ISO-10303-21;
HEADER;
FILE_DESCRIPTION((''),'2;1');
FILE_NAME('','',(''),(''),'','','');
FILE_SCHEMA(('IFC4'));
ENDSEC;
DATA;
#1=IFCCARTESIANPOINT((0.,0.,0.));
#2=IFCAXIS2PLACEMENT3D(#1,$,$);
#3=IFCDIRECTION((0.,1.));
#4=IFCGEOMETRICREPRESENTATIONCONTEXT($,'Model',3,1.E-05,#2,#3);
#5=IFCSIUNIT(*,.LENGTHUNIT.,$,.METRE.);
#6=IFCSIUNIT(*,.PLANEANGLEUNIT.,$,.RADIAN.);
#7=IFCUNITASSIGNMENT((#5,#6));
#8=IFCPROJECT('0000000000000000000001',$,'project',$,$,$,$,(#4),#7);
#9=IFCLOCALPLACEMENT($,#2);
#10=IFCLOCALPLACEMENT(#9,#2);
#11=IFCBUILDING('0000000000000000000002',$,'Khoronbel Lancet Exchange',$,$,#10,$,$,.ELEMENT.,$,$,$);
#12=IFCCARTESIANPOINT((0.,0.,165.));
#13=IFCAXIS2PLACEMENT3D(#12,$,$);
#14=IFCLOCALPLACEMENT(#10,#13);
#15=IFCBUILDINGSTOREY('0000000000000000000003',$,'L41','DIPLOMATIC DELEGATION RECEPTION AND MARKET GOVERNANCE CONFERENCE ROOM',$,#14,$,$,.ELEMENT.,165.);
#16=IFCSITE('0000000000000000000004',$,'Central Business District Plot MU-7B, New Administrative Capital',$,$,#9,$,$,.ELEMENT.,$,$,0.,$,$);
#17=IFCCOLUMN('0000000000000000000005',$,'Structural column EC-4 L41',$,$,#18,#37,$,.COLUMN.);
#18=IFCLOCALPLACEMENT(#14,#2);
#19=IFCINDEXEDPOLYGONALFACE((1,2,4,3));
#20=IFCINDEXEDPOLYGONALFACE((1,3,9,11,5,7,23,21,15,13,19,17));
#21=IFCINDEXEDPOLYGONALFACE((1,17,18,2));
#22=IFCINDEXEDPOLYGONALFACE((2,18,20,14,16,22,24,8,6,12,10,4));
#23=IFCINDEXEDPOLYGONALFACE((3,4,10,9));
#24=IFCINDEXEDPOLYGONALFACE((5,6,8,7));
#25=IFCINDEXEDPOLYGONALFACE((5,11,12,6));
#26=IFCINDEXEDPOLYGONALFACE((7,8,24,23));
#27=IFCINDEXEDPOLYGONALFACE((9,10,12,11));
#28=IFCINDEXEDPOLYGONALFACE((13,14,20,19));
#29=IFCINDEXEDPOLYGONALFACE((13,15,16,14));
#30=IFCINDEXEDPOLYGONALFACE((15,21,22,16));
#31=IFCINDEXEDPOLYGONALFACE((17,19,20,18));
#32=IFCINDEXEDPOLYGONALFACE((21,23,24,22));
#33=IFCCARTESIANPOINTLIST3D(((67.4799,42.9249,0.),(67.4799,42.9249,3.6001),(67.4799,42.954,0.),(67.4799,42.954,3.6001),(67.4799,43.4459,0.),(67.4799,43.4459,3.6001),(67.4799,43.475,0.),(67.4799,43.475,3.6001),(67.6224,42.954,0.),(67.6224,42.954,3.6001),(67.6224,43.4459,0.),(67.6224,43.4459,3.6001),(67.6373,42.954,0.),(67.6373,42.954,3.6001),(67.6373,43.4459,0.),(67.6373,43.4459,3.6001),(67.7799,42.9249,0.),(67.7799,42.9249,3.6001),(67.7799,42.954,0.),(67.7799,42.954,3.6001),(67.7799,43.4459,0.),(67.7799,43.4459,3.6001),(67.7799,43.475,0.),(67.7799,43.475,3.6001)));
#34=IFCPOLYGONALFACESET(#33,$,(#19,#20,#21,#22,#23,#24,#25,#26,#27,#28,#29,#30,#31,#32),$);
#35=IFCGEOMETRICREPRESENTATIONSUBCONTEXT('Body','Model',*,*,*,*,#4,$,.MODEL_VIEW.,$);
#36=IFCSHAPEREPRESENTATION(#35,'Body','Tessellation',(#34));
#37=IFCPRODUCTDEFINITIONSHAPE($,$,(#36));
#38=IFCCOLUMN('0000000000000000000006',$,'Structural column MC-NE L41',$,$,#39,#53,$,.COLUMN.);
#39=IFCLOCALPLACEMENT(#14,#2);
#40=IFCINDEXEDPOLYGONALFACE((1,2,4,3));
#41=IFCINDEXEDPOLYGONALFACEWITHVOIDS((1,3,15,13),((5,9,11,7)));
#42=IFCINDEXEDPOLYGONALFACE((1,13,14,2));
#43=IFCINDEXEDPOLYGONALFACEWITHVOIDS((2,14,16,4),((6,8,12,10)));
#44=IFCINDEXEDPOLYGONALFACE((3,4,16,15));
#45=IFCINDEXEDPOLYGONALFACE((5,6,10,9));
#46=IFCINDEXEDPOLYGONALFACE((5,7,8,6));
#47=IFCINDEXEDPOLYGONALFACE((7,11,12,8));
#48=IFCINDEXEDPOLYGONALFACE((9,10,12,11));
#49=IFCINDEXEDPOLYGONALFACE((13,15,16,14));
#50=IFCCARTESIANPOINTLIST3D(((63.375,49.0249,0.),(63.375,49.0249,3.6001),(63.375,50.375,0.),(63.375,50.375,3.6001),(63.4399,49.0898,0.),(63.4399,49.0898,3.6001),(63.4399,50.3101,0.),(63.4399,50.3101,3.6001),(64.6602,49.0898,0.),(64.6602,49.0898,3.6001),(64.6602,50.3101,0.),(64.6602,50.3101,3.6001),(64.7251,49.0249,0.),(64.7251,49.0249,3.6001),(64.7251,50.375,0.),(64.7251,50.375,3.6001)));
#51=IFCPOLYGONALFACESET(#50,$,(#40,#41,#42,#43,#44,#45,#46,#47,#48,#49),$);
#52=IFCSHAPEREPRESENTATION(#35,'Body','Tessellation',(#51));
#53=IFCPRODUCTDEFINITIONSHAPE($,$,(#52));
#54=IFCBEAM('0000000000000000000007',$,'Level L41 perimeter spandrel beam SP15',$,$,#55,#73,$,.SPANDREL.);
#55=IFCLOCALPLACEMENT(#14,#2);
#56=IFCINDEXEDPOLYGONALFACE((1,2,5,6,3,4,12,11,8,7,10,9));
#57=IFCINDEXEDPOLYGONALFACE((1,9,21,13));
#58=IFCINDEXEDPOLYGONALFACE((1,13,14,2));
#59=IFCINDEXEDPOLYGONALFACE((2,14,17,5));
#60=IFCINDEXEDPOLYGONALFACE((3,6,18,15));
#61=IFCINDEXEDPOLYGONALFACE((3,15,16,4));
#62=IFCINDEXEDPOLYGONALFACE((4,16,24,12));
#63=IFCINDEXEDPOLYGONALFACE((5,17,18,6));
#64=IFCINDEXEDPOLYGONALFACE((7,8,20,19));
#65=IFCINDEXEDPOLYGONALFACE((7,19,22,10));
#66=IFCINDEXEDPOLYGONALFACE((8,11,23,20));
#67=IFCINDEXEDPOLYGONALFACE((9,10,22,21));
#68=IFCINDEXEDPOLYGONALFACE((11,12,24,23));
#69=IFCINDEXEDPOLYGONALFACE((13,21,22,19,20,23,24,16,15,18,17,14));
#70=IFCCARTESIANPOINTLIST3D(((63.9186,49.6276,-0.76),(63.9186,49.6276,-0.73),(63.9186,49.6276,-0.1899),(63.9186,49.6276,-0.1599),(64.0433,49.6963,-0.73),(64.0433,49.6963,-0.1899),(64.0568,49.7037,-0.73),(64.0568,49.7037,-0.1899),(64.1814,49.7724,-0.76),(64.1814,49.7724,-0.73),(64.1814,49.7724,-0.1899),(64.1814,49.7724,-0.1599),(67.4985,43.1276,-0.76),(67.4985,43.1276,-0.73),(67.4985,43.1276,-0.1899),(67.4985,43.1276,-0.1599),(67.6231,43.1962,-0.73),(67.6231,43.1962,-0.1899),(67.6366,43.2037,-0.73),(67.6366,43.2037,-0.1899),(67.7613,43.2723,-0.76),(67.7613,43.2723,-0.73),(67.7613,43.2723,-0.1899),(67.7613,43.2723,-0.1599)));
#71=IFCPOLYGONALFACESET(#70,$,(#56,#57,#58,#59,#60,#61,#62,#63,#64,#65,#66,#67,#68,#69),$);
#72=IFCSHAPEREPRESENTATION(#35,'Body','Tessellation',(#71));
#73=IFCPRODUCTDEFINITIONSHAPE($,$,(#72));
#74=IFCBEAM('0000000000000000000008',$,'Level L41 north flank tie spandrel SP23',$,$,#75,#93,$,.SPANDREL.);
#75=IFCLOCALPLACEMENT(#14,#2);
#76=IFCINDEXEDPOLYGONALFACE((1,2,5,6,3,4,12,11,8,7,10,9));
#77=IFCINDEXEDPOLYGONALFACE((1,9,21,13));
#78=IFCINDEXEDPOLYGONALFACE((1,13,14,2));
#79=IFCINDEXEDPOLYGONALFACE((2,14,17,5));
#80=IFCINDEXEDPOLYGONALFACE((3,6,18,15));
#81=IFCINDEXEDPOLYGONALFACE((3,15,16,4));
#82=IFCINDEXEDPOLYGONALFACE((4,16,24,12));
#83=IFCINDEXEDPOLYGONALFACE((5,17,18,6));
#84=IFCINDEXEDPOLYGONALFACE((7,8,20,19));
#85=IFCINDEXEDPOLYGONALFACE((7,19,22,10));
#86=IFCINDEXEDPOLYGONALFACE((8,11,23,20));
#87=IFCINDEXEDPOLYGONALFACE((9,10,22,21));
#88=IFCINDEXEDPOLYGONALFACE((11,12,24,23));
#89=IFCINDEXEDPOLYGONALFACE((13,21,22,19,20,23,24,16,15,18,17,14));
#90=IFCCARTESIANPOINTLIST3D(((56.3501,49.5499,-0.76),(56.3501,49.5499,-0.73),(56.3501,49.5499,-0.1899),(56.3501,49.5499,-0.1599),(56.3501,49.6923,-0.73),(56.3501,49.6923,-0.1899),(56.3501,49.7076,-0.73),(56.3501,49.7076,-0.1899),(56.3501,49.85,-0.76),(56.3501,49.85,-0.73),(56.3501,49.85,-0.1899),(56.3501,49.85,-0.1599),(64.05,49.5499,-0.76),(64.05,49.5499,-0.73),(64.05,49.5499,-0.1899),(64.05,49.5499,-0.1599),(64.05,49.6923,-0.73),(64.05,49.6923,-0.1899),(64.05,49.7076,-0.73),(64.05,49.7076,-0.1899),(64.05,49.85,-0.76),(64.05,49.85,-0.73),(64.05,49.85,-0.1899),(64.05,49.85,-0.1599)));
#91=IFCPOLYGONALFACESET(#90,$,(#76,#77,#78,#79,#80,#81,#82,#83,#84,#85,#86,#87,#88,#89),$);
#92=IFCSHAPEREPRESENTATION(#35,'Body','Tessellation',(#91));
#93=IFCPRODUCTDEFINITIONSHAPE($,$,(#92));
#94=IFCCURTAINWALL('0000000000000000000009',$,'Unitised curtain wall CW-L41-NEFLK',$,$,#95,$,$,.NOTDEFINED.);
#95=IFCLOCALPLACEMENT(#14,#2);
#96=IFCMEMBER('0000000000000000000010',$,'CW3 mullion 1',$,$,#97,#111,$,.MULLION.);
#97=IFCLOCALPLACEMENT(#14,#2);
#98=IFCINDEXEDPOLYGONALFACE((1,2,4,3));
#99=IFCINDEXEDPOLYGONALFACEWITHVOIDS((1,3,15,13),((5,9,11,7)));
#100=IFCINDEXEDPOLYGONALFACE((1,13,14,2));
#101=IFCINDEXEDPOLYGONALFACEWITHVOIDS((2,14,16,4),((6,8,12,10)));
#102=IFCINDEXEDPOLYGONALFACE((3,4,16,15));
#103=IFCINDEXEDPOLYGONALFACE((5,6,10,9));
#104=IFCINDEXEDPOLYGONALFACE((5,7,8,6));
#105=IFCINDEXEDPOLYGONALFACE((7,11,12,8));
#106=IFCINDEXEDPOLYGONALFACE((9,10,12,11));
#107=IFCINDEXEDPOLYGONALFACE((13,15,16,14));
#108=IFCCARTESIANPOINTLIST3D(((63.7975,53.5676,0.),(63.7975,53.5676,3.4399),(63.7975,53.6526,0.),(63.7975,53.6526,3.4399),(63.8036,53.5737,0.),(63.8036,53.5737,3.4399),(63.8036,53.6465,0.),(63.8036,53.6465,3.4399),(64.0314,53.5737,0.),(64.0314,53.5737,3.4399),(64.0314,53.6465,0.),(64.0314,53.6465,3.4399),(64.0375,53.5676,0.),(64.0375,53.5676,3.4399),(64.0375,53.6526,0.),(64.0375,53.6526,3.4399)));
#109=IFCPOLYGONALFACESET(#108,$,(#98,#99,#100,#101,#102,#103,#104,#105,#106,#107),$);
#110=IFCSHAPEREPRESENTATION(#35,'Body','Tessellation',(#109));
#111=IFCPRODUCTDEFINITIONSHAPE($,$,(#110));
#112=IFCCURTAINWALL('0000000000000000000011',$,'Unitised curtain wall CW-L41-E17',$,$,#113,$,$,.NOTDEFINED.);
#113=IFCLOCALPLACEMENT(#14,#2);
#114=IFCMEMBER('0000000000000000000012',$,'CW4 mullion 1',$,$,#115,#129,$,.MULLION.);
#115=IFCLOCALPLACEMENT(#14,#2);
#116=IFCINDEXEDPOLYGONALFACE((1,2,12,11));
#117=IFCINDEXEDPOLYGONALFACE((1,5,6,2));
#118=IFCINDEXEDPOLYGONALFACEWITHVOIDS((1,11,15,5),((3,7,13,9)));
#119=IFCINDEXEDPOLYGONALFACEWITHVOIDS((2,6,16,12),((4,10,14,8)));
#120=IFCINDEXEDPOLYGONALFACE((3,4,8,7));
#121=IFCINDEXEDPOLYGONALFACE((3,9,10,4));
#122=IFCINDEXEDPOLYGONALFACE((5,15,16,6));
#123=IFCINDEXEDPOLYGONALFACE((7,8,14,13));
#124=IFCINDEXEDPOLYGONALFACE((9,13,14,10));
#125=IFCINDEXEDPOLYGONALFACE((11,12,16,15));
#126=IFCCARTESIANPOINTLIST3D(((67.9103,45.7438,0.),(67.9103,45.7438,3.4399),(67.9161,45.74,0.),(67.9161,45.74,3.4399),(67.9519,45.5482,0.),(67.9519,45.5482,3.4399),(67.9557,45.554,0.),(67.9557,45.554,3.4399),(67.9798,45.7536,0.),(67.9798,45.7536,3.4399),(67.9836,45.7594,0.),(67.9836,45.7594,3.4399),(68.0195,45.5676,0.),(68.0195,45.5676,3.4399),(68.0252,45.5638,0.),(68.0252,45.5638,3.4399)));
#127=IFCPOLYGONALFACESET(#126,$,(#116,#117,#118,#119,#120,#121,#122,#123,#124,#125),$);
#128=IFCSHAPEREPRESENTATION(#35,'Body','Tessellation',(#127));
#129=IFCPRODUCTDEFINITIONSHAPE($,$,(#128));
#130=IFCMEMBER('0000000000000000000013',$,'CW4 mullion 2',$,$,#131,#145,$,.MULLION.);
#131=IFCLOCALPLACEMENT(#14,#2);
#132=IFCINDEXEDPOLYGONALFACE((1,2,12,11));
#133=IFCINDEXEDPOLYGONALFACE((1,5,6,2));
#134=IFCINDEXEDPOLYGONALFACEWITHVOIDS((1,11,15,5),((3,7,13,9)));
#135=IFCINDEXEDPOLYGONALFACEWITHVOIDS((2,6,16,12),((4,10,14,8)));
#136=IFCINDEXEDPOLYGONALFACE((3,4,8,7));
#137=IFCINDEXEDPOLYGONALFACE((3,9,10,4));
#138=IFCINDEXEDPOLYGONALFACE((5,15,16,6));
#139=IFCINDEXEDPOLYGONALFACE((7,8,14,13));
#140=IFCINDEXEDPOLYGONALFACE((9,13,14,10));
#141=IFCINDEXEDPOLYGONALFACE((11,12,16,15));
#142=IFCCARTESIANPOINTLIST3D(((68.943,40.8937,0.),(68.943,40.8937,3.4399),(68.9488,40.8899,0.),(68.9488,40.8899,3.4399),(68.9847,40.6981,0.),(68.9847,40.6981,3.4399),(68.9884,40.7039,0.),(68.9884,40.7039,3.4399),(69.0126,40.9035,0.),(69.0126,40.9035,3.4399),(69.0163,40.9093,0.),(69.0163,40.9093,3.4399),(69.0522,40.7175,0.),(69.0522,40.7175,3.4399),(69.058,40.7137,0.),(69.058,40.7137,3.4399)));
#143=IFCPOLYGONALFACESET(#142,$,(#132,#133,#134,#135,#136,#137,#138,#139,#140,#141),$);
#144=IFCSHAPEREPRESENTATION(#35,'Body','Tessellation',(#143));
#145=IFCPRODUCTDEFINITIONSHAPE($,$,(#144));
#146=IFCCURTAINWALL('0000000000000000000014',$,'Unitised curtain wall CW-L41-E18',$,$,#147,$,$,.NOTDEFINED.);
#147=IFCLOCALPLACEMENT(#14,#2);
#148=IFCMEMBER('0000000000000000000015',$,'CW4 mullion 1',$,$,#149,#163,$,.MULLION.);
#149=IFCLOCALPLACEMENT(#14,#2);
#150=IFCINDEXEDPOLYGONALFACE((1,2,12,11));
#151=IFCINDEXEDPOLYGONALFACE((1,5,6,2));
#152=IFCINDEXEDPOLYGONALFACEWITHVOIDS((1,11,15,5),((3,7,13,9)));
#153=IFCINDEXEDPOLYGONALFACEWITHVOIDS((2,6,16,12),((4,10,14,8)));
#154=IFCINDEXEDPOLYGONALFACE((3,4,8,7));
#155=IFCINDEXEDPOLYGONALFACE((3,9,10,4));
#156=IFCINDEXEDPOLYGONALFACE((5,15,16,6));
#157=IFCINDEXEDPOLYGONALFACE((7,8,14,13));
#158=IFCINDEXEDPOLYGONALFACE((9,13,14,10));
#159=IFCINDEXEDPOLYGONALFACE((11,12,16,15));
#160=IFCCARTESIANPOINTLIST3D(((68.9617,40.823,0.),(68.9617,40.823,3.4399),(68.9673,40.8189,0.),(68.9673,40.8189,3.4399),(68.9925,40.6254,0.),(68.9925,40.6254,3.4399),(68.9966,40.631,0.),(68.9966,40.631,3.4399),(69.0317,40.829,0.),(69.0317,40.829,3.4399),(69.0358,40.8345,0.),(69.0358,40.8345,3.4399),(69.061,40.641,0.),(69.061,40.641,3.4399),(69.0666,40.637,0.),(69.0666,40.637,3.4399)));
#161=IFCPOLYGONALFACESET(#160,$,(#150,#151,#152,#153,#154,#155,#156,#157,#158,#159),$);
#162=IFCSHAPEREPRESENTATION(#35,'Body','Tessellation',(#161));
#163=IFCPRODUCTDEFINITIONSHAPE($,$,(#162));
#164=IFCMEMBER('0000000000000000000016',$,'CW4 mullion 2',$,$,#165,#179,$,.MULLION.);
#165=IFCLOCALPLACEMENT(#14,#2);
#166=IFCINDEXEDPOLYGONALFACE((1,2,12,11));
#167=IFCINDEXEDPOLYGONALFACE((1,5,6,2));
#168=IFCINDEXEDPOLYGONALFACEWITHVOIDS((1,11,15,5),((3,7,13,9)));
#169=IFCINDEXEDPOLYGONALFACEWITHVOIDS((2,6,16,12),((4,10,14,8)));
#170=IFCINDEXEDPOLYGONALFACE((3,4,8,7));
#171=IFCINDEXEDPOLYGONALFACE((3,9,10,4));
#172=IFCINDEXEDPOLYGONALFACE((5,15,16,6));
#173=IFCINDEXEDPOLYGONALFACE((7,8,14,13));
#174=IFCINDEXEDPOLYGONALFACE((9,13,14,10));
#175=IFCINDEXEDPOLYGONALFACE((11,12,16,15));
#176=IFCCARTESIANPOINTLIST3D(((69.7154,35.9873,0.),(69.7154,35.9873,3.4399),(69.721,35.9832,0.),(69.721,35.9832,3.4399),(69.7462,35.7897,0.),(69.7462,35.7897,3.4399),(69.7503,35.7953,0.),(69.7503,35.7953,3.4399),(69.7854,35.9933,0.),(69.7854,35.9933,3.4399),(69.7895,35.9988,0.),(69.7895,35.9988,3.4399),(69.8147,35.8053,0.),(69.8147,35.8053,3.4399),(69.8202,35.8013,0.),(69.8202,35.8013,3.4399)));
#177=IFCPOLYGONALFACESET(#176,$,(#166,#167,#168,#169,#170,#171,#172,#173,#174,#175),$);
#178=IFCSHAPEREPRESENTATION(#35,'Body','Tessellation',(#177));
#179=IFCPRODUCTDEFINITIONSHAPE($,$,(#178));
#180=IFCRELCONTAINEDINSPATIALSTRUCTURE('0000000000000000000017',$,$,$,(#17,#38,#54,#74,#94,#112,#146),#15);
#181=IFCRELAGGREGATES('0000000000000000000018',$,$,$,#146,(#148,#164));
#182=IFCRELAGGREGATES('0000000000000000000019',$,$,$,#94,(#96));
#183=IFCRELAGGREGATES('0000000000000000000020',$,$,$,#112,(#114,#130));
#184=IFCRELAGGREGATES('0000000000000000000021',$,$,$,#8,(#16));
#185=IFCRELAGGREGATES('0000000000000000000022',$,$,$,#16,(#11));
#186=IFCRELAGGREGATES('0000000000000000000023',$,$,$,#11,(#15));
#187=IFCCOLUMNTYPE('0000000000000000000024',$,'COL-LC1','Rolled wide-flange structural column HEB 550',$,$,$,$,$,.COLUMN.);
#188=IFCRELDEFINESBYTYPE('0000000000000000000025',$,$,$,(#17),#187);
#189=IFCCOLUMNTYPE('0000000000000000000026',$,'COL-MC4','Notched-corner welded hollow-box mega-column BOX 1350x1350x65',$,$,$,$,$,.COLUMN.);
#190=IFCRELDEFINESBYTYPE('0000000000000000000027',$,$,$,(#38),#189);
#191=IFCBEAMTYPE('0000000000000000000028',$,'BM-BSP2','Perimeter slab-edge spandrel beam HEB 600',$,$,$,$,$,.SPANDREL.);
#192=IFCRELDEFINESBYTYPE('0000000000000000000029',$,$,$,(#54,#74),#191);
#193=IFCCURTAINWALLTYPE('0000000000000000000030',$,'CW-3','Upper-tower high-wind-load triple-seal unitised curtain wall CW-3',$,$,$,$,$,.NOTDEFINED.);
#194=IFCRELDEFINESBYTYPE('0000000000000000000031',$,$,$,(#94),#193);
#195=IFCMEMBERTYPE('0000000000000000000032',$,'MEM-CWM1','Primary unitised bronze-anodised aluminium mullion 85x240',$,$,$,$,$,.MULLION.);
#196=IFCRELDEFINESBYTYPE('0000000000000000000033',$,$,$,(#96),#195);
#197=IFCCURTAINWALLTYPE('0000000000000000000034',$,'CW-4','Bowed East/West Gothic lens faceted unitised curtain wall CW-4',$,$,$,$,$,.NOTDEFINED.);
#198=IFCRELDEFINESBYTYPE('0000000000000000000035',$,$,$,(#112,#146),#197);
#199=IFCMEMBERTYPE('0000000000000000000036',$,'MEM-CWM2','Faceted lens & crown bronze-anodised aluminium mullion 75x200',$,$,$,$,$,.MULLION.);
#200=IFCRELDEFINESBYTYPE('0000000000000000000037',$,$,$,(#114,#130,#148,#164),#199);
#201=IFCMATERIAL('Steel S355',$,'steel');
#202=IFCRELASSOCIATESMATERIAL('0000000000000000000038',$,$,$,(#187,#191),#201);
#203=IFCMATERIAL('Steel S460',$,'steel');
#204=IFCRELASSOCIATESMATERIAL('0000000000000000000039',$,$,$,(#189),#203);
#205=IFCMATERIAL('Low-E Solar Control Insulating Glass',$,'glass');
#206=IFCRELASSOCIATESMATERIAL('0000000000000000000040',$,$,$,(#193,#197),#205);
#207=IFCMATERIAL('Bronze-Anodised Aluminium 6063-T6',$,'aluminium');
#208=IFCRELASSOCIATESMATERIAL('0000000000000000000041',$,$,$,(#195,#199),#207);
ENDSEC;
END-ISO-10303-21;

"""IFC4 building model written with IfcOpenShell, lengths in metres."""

from ifc_helpers import new_model, si_unit, direction, frame, origin, origin_2d, place, context, subcontext, project, spatial, hollow_rectangle, i_section, extrude, material, material_profile, profile_set, type_object, element, aggregate, save


model = new_model("IFC4")

# Units and contexts
model_context = context("Model", 3, precision=1e-05, world=origin(), true_north=direction((0.0, 1.0)))
body_context = subcontext(model_context, "Body", "Model", "MODEL_VIEW")
ifc_project = project(units=[si_unit("LENGTHUNIT", "METRE"), si_unit("PLANEANGLEUNIT", "RADIAN")], contexts=[model_context])

# Site, building, storey
site_placement = place(None, origin())
site = spatial("IfcSite", under=ifc_project, at=site_placement, Name="Central Business District Plot MU-7B, New Administrative Capital", CompositionType="ELEMENT", RefElevation=0.0)
building_placement = place(site_placement, origin())
building = spatial("IfcBuilding", under=site, at=building_placement, Name="Khoronbel Lancet Exchange", CompositionType="ELEMENT")
storey_placement = place(building_placement, frame((0.0, 0.0, 165.0)))
storey = spatial("IfcBuildingStorey", under=building, at=storey_placement, Name="L41", Description="DIPLOMATIC DELEGATION RECEPTION AND MARKET GOVERNANCE CONFERENCE ROOM", CompositionType="ELEMENT", Elevation=165.0)

# Columns
ifc_material_1 = material(Name="Steel S355", Category="steel")
ifc_material_profile_1 = material_profile(ifc_material_1, i_section(OverallWidth=0.3, OverallDepth=0.55, WebThickness=0.0149, FlangeThickness=0.0291, at=origin_2d()), Name="HEB 550")
ifc_profile_set_1 = profile_set([ifc_material_profile_1], Name="Steel S355")
column_type_1 = type_object("IfcColumnType", Name="COL-LC1", Description="Rolled wide-flange structural column HEB 550", PredefinedType="COLUMN", material=ifc_profile_set_1)
column_1_placement = place(storey_placement, frame((67.6299, 43.2, 0.0), z_axis=(0.0, 0.0, 1.0), x_axis=(1.0, 0.0, 0.0)))
element("IfcColumn", 1, at=column_1_placement, inside=storey, type_object=column_type_1, Name="Structural column EC-4 L41", PredefinedType="COLUMN", context=body_context, shape_type="SweptSolid", body=[
    extrude(i_section(OverallWidth=0.3, OverallDepth=0.55, WebThickness=0.0149, FlangeThickness=0.0291, at=origin_2d()), origin(), (0.0, 0.0, 1.0), 3.6001),
])
ifc_material_2 = material(Name="Steel S460", Category="steel")
ifc_material_profile_2 = material_profile(ifc_material_2, hollow_rectangle(XDim=1.3501, YDim=1.3501, WallThickness=0.0649, at=origin_2d()), Name="BOX 1350x1350x65")
ifc_profile_set_2 = profile_set([ifc_material_profile_2], Name="Steel S460")
column_type_2 = type_object("IfcColumnType", Name="COL-MC4", Description="Notched-corner welded hollow-box mega-column BOX 1350x1350x65", PredefinedType="COLUMN", material=ifc_profile_set_2)
column_2_placement = place(storey_placement, frame((64.05, 49.7, 0.0), z_axis=(0.0, 0.0, 1.0), x_axis=(1.0, 0.0, 0.0)))
element("IfcColumn", 2, at=column_2_placement, inside=storey, type_object=column_type_2, Name="Structural column MC-NE L41", PredefinedType="COLUMN", context=body_context, shape_type="SweptSolid", body=[
    extrude(hollow_rectangle(XDim=1.3501, YDim=1.3501, WallThickness=0.0649, at=origin_2d()), origin(), (0.0, 0.0, 1.0), 3.6001),
])

# Beams
ifc_material_profile_3 = material_profile(ifc_material_1, i_section(OverallWidth=0.3, OverallDepth=0.6001, WebThickness=0.0154, FlangeThickness=0.03, at=origin_2d()), Name="HEB 600")
ifc_profile_set_3 = profile_set([ifc_material_profile_3], Name="Steel S355")
beam_type = type_object("IfcBeamType", Name="BM-BSP2", Description="Perimeter slab-edge spandrel beam HEB 600", PredefinedType="SPANDREL", material=ifc_profile_set_3)
beam_1_placement = place(storey_placement, frame((67.6299, 43.2, -0.46), z_axis=(-0.482419, 0.875941, 0.0), x_axis=(-0.875941, -0.482419, 0.0)))
element("IfcBeam", 3, at=beam_1_placement, inside=storey, type_object=beam_type, Name="Level L41 perimeter spandrel beam SP15", PredefinedType="SPANDREL", context=body_context, shape_type="SweptSolid", body=[
    extrude(i_section(OverallWidth=0.3, OverallDepth=0.6001, WebThickness=0.0154, FlangeThickness=0.03, at=origin_2d()), origin(), (0.0, 0.0, 1.0), 7.4207),
])
beam_2_placement = place(storey_placement, frame((64.05, 49.7, -0.46), z_axis=(-1.0, 0.0, 0.0), x_axis=(0.0, -1.0, 0.0)))
element("IfcBeam", 4, at=beam_2_placement, inside=storey, type_object=beam_type, Name="Level L41 north flank tie spandrel SP23", PredefinedType="SPANDREL", context=body_context, shape_type="SweptSolid", body=[
    extrude(i_section(OverallWidth=0.3, OverallDepth=0.6001, WebThickness=0.0154, FlangeThickness=0.03, at=origin_2d()), origin(), (0.0, 0.0, 1.0), 7.7),
])

# Curtain wall, member
ifc_material_3 = material(Name="Low-E Solar Control Insulating Glass", Category="glass")
curtain_wall_type_1 = type_object("IfcCurtainWallType", Name="CW-3", Description="Upper-tower high-wind-load triple-seal unitised curtain wall CW-3", PredefinedType="NOTDEFINED", material=ifc_material_3)
curtain_wall_1_placement = place(storey_placement, origin())
curtain_wall_1 = element("IfcCurtainWall", 5, at=curtain_wall_1_placement, inside=storey, type_object=curtain_wall_type_1, Name="Unitised curtain wall CW-L41-NEFLK", PredefinedType="NOTDEFINED")
ifc_material_4 = material(Name="Bronze-Anodised Aluminium 6063-T6", Category="aluminium")
ifc_material_profile_4 = material_profile(ifc_material_4, hollow_rectangle(XDim=0.085, YDim=0.24, WallThickness=0.0061, at=origin_2d()), Name="ALU MULLION 85x240")
ifc_profile_set_4 = profile_set([ifc_material_profile_4], Name="Bronze-Anodised Aluminium 6063-T6")
member_type_1 = type_object("IfcMemberType", Name="MEM-CWM1", Description="Primary unitised bronze-anodised aluminium mullion 85x240", PredefinedType="MULLION", material=ifc_profile_set_4)
member_1_placement = place(storey_placement, frame((63.9175, 53.6101, 0.0), z_axis=(0.0, 0.0, 1.0), x_axis=(0.0, -1.0, 0.0)))
member_1 = element("IfcMember", 6, at=member_1_placement, type_object=member_type_1, Name="CW3 mullion 1", PredefinedType="MULLION", context=body_context, shape_type="SweptSolid", body=[
    extrude(hollow_rectangle(XDim=0.085, YDim=0.24, WallThickness=0.0061, at=origin_2d()), origin(), (0.0, 0.0, 1.0), 3.4399),
])

# Curtain walls, members
curtain_wall_type_2 = type_object("IfcCurtainWallType", Name="CW-4", Description="Bowed East/West Gothic lens faceted unitised curtain wall CW-4", PredefinedType="NOTDEFINED", material=ifc_material_3)
curtain_wall_2_placement = place(storey_placement, origin())
curtain_wall_2 = element("IfcCurtainWall", 7, at=curtain_wall_2_placement, inside=storey, type_object=curtain_wall_type_2, Name="Unitised curtain wall CW-L41-E17", PredefinedType="NOTDEFINED")
ifc_material_profile_5 = material_profile(ifc_material_4, hollow_rectangle(XDim=0.075, YDim=0.2, WallThickness=0.0049, at=origin_2d()), Name="ALU MULLION 75x200")
ifc_profile_set_5 = profile_set([ifc_material_profile_5], Name="Bronze-Anodised Aluminium 6063-T6")
member_type_2 = type_object("IfcMemberType", Name="MEM-CWM2", Description="Faceted lens & crown bronze-anodised aluminium mullion 75x200", PredefinedType="MULLION", material=ifc_profile_set_5)
member_2_placement = place(storey_placement, frame((67.9678, 45.6538, 0.0), z_axis=(0.0, 0.0, 1.0), x_axis=(0.978076, 0.20825, 0.0)))
member_2 = element("IfcMember", 8, at=member_2_placement, type_object=member_type_2, Name="CW4 mullion 1", PredefinedType="MULLION", context=body_context, shape_type="SweptSolid", body=[
    extrude(hollow_rectangle(XDim=0.075, YDim=0.2, WallThickness=0.0049, at=origin_2d()), origin(), (0.0, 0.0, 1.0), 3.4399),
])
member_3_placement = place(storey_placement, frame((69.0005, 40.8037, 0.0), z_axis=(0.0, 0.0, 1.0), x_axis=(0.978076, 0.20825, 0.0)))
member_3 = element("IfcMember", 9, at=member_3_placement, type_object=member_type_2, Name="CW4 mullion 2", PredefinedType="MULLION", context=body_context, shape_type="SweptSolid", body=[
    extrude(hollow_rectangle(XDim=0.075, YDim=0.2, WallThickness=0.0049, at=origin_2d()), origin(), (0.0, 0.0, 1.0), 3.4399),
])
curtain_wall_3_placement = place(storey_placement, origin())
curtain_wall_3 = element("IfcCurtainWall", 10, at=curtain_wall_3_placement, inside=storey, type_object=curtain_wall_type_2, Name="Unitised curtain wall CW-L41-E18", PredefinedType="NOTDEFINED")
member_4_placement = place(storey_placement, frame((69.0142, 40.73, 0.0), z_axis=(0.0, 0.0, 1.0), x_axis=(0.988069, 0.154012, 0.0)))
member_4 = element("IfcMember", 11, at=member_4_placement, type_object=member_type_2, Name="CW4 mullion 1", PredefinedType="MULLION", context=body_context, shape_type="SweptSolid", body=[
    extrude(hollow_rectangle(XDim=0.075, YDim=0.2, WallThickness=0.0049, at=origin_2d()), origin(), (0.0, 0.0, 1.0), 3.4399),
])
member_5_placement = place(storey_placement, frame((69.7678, 35.8943, 0.0), z_axis=(0.0, 0.0, 1.0), x_axis=(0.988069, 0.154012, 0.0)))
member_5 = element("IfcMember", 12, at=member_5_placement, type_object=member_type_2, Name="CW4 mullion 2", PredefinedType="MULLION", context=body_context, shape_type="SweptSolid", body=[
    extrude(hollow_rectangle(XDim=0.075, YDim=0.2, WallThickness=0.0049, at=origin_2d()), origin(), (0.0, 0.0, 1.0), 3.4399),
])

aggregate(curtain_wall_3, [member_4, member_5])
aggregate(curtain_wall_1, [member_1])
aggregate(curtain_wall_2, [member_2, member_3])

save(model, "model.ifc")
